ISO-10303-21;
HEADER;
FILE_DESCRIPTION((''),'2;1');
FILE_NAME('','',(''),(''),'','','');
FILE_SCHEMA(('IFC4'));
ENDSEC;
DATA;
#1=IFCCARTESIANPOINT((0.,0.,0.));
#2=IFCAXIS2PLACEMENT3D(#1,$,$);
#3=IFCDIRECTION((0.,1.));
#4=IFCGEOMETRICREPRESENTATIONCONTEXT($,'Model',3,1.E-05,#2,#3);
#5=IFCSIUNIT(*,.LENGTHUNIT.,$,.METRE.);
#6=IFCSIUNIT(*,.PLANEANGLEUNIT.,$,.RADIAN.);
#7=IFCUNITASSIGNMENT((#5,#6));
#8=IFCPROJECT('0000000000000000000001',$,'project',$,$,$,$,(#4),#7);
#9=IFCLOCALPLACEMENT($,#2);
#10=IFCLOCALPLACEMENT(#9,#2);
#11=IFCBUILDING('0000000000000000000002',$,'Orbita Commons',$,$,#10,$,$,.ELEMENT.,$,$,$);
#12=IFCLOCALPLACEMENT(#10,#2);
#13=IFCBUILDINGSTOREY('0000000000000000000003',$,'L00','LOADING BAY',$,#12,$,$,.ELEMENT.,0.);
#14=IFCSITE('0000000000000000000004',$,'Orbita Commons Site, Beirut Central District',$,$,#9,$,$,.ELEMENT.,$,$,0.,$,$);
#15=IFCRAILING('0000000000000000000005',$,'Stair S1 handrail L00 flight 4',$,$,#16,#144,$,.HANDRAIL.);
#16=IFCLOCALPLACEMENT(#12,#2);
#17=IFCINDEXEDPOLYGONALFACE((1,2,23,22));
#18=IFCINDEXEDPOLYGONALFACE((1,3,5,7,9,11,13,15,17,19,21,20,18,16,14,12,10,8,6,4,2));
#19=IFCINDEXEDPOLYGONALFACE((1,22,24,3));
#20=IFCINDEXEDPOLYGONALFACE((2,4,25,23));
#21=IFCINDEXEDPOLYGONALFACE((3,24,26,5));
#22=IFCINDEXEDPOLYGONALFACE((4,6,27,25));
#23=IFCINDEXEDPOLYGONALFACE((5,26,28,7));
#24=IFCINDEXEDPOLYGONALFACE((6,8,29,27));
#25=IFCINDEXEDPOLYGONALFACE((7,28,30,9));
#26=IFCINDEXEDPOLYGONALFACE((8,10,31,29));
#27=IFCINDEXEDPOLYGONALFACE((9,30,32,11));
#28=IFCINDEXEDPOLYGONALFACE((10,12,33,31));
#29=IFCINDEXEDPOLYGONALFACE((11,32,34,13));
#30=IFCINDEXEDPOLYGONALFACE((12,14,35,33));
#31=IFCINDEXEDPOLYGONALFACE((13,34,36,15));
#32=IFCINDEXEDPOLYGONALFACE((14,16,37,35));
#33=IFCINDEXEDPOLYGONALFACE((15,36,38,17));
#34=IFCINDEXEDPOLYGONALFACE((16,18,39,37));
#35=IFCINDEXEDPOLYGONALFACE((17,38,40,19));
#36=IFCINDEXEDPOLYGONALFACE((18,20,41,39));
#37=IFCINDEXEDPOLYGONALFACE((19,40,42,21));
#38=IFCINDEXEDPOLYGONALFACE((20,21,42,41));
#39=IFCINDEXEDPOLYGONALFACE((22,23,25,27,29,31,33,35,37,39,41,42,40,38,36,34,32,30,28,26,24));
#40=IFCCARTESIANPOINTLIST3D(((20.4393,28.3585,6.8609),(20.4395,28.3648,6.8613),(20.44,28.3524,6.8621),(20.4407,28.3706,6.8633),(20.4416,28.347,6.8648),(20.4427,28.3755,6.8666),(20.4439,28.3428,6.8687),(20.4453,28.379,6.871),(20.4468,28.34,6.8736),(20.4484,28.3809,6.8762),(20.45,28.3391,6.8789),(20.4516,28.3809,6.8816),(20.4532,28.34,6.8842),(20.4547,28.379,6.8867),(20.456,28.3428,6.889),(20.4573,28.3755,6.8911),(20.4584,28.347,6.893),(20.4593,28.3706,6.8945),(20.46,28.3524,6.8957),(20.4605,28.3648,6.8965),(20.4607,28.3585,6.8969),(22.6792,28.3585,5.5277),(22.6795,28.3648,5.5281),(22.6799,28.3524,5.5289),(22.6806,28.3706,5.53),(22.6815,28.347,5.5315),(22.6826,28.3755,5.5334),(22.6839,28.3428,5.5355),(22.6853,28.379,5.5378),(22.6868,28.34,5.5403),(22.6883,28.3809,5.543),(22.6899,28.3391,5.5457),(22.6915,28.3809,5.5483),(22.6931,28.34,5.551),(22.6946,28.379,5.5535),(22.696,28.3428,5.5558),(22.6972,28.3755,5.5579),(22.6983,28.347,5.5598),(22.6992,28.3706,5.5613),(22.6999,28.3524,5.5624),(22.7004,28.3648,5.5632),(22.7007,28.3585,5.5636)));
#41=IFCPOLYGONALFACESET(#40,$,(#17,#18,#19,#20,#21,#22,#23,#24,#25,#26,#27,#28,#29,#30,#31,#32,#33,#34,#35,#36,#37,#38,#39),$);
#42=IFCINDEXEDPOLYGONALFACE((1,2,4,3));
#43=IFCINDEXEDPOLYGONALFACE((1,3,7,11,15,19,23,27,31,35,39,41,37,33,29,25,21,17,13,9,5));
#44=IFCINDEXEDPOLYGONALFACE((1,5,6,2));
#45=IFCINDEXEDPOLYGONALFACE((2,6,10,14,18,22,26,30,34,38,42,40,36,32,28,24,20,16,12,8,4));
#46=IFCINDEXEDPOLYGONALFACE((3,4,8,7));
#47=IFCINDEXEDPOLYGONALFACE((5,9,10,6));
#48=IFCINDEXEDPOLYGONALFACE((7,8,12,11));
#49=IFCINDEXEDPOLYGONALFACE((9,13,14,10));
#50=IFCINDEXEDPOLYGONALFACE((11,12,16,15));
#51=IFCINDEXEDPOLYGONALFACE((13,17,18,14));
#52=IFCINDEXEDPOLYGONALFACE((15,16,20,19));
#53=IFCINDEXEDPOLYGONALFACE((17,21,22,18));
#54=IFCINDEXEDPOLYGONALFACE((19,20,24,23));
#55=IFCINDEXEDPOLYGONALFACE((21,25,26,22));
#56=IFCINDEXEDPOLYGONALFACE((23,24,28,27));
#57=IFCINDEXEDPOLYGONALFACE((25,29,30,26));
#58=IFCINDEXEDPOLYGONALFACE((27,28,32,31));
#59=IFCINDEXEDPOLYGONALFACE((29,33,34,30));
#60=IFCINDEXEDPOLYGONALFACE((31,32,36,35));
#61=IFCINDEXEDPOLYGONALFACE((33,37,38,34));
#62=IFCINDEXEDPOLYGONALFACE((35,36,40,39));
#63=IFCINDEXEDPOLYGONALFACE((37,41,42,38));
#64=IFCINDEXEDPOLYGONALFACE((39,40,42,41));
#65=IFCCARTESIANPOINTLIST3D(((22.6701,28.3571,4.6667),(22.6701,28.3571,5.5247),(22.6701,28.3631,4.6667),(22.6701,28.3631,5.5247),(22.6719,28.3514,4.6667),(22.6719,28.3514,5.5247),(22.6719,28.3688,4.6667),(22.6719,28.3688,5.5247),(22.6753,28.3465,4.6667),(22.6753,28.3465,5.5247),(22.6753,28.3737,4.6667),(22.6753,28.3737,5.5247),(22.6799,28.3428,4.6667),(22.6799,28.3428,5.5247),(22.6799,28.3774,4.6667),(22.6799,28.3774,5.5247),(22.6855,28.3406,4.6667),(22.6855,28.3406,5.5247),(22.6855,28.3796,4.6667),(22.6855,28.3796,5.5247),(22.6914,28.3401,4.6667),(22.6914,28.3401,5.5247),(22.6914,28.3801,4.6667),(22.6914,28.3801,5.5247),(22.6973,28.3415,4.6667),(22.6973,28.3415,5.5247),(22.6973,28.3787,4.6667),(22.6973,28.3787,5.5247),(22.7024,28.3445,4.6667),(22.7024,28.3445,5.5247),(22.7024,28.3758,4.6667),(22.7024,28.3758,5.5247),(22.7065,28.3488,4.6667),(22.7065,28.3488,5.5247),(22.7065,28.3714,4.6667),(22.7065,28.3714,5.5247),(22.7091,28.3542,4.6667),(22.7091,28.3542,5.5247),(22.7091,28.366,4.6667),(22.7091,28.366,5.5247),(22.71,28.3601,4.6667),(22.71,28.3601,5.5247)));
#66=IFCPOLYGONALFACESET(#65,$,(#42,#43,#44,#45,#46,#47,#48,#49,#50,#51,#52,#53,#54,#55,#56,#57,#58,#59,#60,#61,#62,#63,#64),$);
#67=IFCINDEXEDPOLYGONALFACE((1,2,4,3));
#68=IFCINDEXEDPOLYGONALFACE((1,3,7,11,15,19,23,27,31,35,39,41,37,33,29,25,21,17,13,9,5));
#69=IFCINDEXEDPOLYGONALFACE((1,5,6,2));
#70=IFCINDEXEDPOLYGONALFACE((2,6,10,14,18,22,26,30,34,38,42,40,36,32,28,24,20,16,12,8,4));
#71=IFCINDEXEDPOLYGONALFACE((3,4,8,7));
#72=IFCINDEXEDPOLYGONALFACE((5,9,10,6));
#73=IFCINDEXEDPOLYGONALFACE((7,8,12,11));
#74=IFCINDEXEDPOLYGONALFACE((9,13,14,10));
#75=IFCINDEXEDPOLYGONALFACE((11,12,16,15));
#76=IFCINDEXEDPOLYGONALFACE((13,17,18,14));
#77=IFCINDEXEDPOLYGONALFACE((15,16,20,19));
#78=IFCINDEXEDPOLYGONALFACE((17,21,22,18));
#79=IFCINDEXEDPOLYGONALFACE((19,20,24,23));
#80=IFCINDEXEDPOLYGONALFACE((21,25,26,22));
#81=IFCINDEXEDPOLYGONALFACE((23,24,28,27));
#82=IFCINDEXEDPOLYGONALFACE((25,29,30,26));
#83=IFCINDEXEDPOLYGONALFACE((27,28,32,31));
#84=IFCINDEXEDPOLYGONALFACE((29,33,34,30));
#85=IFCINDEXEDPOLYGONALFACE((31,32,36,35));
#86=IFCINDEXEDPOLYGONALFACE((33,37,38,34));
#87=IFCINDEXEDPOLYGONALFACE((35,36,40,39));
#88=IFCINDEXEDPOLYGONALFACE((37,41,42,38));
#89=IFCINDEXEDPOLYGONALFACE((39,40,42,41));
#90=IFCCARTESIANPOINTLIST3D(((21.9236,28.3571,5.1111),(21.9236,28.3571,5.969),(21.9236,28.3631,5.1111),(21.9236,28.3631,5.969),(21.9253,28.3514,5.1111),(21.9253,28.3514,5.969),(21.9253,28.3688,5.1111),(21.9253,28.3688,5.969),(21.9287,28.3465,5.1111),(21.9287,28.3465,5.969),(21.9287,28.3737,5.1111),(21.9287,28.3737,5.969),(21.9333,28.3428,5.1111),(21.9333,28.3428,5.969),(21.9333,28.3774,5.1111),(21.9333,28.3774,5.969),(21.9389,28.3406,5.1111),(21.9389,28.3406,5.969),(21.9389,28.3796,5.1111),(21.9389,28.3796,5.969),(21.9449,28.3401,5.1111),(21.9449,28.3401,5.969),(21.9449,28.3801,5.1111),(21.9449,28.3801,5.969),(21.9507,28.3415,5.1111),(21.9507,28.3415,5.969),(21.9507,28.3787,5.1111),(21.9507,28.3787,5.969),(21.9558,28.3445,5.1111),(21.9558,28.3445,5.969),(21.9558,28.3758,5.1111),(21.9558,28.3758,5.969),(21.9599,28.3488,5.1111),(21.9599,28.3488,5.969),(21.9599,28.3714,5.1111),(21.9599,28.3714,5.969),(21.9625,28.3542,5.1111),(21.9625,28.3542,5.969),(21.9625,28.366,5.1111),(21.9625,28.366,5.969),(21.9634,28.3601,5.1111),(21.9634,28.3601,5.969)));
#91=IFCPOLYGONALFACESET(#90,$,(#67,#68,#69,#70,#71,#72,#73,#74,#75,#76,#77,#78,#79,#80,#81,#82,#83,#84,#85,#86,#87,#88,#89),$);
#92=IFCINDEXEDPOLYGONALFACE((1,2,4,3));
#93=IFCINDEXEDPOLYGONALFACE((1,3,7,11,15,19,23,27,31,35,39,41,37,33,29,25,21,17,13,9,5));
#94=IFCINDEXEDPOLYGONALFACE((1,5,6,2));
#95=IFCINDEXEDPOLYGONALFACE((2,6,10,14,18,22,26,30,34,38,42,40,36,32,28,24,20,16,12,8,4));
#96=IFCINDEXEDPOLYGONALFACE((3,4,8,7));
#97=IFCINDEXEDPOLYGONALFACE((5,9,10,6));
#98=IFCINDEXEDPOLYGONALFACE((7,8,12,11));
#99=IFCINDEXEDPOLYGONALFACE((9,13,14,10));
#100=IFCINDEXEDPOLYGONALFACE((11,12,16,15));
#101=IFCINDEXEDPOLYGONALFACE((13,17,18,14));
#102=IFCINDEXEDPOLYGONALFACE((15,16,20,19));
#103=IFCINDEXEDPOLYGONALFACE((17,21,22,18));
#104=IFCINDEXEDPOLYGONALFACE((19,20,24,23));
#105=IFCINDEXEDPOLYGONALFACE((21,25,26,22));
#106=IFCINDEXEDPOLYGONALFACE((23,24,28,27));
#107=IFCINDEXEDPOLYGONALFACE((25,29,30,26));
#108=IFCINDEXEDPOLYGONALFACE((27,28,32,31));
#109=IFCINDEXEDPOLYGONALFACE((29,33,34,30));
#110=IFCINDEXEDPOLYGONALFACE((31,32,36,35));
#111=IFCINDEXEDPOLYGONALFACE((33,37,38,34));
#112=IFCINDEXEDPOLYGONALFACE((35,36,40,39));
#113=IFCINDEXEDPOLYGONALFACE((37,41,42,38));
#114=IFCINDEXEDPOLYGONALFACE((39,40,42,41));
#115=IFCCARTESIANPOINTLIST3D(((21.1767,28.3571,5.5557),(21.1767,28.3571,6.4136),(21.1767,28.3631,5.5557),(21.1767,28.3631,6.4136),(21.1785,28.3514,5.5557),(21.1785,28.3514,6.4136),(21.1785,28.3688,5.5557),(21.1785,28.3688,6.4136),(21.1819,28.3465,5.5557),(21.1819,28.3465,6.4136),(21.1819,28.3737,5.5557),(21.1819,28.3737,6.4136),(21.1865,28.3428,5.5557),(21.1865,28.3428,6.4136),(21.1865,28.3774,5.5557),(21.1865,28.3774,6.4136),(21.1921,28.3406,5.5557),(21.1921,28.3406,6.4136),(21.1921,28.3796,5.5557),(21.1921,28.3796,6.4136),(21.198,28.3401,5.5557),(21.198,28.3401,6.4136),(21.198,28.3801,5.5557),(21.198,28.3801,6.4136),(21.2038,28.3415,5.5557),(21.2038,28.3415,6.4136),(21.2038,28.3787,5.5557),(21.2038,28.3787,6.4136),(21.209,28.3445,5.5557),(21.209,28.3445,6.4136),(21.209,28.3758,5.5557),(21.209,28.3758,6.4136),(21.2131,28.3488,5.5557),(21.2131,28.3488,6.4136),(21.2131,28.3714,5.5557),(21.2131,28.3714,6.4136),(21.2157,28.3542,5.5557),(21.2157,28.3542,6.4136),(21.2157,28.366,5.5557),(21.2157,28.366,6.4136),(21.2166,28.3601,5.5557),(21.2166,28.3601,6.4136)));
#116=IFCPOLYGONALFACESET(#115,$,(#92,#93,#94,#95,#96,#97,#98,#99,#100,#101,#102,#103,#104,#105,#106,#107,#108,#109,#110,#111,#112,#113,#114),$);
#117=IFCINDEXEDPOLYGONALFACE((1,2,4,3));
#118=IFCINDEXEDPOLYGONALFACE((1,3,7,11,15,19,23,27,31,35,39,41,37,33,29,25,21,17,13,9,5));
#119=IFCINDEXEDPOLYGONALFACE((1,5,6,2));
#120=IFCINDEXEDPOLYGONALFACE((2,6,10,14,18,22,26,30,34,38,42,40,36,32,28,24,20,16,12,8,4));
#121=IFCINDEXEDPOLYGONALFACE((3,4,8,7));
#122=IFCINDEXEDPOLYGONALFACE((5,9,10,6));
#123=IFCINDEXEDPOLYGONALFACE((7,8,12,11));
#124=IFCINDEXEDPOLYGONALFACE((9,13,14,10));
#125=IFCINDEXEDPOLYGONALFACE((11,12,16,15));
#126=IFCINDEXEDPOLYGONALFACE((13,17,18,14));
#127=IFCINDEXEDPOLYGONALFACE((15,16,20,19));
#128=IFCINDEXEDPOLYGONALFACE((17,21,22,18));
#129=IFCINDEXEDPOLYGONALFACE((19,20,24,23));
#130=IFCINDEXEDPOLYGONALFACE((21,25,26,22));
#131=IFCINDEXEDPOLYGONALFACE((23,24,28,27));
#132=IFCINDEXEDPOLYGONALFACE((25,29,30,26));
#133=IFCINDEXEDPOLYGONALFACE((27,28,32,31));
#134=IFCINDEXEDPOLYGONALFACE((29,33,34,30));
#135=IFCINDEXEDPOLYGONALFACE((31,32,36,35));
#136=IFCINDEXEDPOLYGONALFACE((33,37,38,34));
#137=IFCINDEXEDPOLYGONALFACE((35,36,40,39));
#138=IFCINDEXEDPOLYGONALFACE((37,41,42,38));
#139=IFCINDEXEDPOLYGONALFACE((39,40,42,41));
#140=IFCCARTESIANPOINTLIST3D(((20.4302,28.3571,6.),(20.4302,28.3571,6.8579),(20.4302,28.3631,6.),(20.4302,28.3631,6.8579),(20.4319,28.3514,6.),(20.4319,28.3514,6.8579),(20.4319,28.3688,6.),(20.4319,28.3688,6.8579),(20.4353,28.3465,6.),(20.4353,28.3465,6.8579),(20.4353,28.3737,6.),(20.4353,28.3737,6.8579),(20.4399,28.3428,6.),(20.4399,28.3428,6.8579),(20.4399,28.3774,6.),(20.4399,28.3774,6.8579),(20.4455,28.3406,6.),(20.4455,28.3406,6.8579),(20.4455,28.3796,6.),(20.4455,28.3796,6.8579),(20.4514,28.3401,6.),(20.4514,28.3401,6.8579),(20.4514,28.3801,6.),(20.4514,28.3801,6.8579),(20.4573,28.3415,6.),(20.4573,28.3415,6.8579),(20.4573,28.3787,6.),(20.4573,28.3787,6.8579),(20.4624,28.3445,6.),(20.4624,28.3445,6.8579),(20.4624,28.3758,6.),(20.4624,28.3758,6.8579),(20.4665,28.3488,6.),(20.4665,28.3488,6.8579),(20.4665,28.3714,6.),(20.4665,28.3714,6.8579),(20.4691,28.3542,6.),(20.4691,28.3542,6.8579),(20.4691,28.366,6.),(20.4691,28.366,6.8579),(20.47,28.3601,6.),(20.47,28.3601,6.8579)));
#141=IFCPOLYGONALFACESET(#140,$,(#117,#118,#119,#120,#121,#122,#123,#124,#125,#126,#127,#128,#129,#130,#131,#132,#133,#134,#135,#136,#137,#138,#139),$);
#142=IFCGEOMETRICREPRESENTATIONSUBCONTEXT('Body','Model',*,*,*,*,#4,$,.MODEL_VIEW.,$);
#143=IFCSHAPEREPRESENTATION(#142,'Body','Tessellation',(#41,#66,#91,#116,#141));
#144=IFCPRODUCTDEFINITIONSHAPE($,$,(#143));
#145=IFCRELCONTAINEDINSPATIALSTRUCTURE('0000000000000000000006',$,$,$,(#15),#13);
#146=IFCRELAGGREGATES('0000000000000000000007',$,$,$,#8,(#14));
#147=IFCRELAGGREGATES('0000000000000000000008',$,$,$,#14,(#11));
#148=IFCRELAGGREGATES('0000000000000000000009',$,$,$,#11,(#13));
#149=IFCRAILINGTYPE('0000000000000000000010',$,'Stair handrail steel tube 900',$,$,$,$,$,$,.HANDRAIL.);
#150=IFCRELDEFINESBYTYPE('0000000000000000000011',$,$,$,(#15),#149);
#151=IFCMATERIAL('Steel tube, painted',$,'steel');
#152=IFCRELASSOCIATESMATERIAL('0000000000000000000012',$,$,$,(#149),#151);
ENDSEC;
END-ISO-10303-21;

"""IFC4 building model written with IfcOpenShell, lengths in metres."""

from ifc_helpers import new_model, si_unit, direction, frame, origin, origin_2d, place, context, subcontext, project, spatial, circle, extrude, material, type_object, element, save


model = new_model("IFC4")

# Units and contexts
model_context = context("Model", 3, precision=1e-05, world=origin(), true_north=direction((0.0, 1.0)))
body_context = subcontext(model_context, "Body", "Model", "MODEL_VIEW")
ifc_project = project(units=[si_unit("LENGTHUNIT", "METRE"), si_unit("PLANEANGLEUNIT", "RADIAN")], contexts=[model_context])

# Site, building, storey
site_placement = place(None, origin())
site = spatial("IfcSite", under=ifc_project, at=site_placement, Name="Orbita Commons Site, Beirut Central District", CompositionType="ELEMENT", RefElevation=0.0)
building_placement = place(site_placement, origin())
building = spatial("IfcBuilding", under=site, at=building_placement, Name="Orbita Commons", CompositionType="ELEMENT")
storey_placement = place(building_placement, origin())
storey = spatial("IfcBuildingStorey", under=building, at=storey_placement, Name="L00", Description="LOADING BAY", CompositionType="ELEMENT", Elevation=0.0)

# Railing
ifc_material_1 = material(Name="Steel tube, painted", Category="steel")
railing_type = type_object("IfcRailingType", Name="Stair handrail steel tube 900", PredefinedType="HANDRAIL", material=ifc_material_1)
for number, where, name in (
    (1, (22.6899, 28.3601, 4.6667), "Stair S1 handrail L00 flight 4"),
):
    element("IfcRailing", number, at=place(storey_placement, frame(where)), inside=storey, type_object=railing_type, Name=name, PredefinedType="HANDRAIL", context=body_context, shape_type="SweptSolid", body=[
        extrude(circle(Radius=0.021, at=origin_2d()), frame((0.0, 0.0, 0.8789), z_axis=(-0.859306, 0.0, 0.511462), x_axis=(0.0, -1.0, 0.0)), (0.0, 0.0, 1.0), 2.6067),
        extrude(circle(Radius=0.02, at=origin_2d()), origin(), (0.0, 0.0, 1.0), 0.8579),
        extrude(circle(Radius=0.02, at=origin_2d()), frame((-0.7466, 0.0, 0.4443)), (0.0, 0.0, 1.0), 0.8579),
        extrude(circle(Radius=0.02, at=origin_2d()), frame((-1.4934, 0.0, 0.8889)), (0.0, 0.0, 1.0), 0.8579),
        extrude(circle(Radius=0.02, at=origin_2d()), frame((-2.24, 0.0, 1.3333)), (0.0, 0.0, 1.0), 0.8579),
    ])

save(model, "model.ifc")
